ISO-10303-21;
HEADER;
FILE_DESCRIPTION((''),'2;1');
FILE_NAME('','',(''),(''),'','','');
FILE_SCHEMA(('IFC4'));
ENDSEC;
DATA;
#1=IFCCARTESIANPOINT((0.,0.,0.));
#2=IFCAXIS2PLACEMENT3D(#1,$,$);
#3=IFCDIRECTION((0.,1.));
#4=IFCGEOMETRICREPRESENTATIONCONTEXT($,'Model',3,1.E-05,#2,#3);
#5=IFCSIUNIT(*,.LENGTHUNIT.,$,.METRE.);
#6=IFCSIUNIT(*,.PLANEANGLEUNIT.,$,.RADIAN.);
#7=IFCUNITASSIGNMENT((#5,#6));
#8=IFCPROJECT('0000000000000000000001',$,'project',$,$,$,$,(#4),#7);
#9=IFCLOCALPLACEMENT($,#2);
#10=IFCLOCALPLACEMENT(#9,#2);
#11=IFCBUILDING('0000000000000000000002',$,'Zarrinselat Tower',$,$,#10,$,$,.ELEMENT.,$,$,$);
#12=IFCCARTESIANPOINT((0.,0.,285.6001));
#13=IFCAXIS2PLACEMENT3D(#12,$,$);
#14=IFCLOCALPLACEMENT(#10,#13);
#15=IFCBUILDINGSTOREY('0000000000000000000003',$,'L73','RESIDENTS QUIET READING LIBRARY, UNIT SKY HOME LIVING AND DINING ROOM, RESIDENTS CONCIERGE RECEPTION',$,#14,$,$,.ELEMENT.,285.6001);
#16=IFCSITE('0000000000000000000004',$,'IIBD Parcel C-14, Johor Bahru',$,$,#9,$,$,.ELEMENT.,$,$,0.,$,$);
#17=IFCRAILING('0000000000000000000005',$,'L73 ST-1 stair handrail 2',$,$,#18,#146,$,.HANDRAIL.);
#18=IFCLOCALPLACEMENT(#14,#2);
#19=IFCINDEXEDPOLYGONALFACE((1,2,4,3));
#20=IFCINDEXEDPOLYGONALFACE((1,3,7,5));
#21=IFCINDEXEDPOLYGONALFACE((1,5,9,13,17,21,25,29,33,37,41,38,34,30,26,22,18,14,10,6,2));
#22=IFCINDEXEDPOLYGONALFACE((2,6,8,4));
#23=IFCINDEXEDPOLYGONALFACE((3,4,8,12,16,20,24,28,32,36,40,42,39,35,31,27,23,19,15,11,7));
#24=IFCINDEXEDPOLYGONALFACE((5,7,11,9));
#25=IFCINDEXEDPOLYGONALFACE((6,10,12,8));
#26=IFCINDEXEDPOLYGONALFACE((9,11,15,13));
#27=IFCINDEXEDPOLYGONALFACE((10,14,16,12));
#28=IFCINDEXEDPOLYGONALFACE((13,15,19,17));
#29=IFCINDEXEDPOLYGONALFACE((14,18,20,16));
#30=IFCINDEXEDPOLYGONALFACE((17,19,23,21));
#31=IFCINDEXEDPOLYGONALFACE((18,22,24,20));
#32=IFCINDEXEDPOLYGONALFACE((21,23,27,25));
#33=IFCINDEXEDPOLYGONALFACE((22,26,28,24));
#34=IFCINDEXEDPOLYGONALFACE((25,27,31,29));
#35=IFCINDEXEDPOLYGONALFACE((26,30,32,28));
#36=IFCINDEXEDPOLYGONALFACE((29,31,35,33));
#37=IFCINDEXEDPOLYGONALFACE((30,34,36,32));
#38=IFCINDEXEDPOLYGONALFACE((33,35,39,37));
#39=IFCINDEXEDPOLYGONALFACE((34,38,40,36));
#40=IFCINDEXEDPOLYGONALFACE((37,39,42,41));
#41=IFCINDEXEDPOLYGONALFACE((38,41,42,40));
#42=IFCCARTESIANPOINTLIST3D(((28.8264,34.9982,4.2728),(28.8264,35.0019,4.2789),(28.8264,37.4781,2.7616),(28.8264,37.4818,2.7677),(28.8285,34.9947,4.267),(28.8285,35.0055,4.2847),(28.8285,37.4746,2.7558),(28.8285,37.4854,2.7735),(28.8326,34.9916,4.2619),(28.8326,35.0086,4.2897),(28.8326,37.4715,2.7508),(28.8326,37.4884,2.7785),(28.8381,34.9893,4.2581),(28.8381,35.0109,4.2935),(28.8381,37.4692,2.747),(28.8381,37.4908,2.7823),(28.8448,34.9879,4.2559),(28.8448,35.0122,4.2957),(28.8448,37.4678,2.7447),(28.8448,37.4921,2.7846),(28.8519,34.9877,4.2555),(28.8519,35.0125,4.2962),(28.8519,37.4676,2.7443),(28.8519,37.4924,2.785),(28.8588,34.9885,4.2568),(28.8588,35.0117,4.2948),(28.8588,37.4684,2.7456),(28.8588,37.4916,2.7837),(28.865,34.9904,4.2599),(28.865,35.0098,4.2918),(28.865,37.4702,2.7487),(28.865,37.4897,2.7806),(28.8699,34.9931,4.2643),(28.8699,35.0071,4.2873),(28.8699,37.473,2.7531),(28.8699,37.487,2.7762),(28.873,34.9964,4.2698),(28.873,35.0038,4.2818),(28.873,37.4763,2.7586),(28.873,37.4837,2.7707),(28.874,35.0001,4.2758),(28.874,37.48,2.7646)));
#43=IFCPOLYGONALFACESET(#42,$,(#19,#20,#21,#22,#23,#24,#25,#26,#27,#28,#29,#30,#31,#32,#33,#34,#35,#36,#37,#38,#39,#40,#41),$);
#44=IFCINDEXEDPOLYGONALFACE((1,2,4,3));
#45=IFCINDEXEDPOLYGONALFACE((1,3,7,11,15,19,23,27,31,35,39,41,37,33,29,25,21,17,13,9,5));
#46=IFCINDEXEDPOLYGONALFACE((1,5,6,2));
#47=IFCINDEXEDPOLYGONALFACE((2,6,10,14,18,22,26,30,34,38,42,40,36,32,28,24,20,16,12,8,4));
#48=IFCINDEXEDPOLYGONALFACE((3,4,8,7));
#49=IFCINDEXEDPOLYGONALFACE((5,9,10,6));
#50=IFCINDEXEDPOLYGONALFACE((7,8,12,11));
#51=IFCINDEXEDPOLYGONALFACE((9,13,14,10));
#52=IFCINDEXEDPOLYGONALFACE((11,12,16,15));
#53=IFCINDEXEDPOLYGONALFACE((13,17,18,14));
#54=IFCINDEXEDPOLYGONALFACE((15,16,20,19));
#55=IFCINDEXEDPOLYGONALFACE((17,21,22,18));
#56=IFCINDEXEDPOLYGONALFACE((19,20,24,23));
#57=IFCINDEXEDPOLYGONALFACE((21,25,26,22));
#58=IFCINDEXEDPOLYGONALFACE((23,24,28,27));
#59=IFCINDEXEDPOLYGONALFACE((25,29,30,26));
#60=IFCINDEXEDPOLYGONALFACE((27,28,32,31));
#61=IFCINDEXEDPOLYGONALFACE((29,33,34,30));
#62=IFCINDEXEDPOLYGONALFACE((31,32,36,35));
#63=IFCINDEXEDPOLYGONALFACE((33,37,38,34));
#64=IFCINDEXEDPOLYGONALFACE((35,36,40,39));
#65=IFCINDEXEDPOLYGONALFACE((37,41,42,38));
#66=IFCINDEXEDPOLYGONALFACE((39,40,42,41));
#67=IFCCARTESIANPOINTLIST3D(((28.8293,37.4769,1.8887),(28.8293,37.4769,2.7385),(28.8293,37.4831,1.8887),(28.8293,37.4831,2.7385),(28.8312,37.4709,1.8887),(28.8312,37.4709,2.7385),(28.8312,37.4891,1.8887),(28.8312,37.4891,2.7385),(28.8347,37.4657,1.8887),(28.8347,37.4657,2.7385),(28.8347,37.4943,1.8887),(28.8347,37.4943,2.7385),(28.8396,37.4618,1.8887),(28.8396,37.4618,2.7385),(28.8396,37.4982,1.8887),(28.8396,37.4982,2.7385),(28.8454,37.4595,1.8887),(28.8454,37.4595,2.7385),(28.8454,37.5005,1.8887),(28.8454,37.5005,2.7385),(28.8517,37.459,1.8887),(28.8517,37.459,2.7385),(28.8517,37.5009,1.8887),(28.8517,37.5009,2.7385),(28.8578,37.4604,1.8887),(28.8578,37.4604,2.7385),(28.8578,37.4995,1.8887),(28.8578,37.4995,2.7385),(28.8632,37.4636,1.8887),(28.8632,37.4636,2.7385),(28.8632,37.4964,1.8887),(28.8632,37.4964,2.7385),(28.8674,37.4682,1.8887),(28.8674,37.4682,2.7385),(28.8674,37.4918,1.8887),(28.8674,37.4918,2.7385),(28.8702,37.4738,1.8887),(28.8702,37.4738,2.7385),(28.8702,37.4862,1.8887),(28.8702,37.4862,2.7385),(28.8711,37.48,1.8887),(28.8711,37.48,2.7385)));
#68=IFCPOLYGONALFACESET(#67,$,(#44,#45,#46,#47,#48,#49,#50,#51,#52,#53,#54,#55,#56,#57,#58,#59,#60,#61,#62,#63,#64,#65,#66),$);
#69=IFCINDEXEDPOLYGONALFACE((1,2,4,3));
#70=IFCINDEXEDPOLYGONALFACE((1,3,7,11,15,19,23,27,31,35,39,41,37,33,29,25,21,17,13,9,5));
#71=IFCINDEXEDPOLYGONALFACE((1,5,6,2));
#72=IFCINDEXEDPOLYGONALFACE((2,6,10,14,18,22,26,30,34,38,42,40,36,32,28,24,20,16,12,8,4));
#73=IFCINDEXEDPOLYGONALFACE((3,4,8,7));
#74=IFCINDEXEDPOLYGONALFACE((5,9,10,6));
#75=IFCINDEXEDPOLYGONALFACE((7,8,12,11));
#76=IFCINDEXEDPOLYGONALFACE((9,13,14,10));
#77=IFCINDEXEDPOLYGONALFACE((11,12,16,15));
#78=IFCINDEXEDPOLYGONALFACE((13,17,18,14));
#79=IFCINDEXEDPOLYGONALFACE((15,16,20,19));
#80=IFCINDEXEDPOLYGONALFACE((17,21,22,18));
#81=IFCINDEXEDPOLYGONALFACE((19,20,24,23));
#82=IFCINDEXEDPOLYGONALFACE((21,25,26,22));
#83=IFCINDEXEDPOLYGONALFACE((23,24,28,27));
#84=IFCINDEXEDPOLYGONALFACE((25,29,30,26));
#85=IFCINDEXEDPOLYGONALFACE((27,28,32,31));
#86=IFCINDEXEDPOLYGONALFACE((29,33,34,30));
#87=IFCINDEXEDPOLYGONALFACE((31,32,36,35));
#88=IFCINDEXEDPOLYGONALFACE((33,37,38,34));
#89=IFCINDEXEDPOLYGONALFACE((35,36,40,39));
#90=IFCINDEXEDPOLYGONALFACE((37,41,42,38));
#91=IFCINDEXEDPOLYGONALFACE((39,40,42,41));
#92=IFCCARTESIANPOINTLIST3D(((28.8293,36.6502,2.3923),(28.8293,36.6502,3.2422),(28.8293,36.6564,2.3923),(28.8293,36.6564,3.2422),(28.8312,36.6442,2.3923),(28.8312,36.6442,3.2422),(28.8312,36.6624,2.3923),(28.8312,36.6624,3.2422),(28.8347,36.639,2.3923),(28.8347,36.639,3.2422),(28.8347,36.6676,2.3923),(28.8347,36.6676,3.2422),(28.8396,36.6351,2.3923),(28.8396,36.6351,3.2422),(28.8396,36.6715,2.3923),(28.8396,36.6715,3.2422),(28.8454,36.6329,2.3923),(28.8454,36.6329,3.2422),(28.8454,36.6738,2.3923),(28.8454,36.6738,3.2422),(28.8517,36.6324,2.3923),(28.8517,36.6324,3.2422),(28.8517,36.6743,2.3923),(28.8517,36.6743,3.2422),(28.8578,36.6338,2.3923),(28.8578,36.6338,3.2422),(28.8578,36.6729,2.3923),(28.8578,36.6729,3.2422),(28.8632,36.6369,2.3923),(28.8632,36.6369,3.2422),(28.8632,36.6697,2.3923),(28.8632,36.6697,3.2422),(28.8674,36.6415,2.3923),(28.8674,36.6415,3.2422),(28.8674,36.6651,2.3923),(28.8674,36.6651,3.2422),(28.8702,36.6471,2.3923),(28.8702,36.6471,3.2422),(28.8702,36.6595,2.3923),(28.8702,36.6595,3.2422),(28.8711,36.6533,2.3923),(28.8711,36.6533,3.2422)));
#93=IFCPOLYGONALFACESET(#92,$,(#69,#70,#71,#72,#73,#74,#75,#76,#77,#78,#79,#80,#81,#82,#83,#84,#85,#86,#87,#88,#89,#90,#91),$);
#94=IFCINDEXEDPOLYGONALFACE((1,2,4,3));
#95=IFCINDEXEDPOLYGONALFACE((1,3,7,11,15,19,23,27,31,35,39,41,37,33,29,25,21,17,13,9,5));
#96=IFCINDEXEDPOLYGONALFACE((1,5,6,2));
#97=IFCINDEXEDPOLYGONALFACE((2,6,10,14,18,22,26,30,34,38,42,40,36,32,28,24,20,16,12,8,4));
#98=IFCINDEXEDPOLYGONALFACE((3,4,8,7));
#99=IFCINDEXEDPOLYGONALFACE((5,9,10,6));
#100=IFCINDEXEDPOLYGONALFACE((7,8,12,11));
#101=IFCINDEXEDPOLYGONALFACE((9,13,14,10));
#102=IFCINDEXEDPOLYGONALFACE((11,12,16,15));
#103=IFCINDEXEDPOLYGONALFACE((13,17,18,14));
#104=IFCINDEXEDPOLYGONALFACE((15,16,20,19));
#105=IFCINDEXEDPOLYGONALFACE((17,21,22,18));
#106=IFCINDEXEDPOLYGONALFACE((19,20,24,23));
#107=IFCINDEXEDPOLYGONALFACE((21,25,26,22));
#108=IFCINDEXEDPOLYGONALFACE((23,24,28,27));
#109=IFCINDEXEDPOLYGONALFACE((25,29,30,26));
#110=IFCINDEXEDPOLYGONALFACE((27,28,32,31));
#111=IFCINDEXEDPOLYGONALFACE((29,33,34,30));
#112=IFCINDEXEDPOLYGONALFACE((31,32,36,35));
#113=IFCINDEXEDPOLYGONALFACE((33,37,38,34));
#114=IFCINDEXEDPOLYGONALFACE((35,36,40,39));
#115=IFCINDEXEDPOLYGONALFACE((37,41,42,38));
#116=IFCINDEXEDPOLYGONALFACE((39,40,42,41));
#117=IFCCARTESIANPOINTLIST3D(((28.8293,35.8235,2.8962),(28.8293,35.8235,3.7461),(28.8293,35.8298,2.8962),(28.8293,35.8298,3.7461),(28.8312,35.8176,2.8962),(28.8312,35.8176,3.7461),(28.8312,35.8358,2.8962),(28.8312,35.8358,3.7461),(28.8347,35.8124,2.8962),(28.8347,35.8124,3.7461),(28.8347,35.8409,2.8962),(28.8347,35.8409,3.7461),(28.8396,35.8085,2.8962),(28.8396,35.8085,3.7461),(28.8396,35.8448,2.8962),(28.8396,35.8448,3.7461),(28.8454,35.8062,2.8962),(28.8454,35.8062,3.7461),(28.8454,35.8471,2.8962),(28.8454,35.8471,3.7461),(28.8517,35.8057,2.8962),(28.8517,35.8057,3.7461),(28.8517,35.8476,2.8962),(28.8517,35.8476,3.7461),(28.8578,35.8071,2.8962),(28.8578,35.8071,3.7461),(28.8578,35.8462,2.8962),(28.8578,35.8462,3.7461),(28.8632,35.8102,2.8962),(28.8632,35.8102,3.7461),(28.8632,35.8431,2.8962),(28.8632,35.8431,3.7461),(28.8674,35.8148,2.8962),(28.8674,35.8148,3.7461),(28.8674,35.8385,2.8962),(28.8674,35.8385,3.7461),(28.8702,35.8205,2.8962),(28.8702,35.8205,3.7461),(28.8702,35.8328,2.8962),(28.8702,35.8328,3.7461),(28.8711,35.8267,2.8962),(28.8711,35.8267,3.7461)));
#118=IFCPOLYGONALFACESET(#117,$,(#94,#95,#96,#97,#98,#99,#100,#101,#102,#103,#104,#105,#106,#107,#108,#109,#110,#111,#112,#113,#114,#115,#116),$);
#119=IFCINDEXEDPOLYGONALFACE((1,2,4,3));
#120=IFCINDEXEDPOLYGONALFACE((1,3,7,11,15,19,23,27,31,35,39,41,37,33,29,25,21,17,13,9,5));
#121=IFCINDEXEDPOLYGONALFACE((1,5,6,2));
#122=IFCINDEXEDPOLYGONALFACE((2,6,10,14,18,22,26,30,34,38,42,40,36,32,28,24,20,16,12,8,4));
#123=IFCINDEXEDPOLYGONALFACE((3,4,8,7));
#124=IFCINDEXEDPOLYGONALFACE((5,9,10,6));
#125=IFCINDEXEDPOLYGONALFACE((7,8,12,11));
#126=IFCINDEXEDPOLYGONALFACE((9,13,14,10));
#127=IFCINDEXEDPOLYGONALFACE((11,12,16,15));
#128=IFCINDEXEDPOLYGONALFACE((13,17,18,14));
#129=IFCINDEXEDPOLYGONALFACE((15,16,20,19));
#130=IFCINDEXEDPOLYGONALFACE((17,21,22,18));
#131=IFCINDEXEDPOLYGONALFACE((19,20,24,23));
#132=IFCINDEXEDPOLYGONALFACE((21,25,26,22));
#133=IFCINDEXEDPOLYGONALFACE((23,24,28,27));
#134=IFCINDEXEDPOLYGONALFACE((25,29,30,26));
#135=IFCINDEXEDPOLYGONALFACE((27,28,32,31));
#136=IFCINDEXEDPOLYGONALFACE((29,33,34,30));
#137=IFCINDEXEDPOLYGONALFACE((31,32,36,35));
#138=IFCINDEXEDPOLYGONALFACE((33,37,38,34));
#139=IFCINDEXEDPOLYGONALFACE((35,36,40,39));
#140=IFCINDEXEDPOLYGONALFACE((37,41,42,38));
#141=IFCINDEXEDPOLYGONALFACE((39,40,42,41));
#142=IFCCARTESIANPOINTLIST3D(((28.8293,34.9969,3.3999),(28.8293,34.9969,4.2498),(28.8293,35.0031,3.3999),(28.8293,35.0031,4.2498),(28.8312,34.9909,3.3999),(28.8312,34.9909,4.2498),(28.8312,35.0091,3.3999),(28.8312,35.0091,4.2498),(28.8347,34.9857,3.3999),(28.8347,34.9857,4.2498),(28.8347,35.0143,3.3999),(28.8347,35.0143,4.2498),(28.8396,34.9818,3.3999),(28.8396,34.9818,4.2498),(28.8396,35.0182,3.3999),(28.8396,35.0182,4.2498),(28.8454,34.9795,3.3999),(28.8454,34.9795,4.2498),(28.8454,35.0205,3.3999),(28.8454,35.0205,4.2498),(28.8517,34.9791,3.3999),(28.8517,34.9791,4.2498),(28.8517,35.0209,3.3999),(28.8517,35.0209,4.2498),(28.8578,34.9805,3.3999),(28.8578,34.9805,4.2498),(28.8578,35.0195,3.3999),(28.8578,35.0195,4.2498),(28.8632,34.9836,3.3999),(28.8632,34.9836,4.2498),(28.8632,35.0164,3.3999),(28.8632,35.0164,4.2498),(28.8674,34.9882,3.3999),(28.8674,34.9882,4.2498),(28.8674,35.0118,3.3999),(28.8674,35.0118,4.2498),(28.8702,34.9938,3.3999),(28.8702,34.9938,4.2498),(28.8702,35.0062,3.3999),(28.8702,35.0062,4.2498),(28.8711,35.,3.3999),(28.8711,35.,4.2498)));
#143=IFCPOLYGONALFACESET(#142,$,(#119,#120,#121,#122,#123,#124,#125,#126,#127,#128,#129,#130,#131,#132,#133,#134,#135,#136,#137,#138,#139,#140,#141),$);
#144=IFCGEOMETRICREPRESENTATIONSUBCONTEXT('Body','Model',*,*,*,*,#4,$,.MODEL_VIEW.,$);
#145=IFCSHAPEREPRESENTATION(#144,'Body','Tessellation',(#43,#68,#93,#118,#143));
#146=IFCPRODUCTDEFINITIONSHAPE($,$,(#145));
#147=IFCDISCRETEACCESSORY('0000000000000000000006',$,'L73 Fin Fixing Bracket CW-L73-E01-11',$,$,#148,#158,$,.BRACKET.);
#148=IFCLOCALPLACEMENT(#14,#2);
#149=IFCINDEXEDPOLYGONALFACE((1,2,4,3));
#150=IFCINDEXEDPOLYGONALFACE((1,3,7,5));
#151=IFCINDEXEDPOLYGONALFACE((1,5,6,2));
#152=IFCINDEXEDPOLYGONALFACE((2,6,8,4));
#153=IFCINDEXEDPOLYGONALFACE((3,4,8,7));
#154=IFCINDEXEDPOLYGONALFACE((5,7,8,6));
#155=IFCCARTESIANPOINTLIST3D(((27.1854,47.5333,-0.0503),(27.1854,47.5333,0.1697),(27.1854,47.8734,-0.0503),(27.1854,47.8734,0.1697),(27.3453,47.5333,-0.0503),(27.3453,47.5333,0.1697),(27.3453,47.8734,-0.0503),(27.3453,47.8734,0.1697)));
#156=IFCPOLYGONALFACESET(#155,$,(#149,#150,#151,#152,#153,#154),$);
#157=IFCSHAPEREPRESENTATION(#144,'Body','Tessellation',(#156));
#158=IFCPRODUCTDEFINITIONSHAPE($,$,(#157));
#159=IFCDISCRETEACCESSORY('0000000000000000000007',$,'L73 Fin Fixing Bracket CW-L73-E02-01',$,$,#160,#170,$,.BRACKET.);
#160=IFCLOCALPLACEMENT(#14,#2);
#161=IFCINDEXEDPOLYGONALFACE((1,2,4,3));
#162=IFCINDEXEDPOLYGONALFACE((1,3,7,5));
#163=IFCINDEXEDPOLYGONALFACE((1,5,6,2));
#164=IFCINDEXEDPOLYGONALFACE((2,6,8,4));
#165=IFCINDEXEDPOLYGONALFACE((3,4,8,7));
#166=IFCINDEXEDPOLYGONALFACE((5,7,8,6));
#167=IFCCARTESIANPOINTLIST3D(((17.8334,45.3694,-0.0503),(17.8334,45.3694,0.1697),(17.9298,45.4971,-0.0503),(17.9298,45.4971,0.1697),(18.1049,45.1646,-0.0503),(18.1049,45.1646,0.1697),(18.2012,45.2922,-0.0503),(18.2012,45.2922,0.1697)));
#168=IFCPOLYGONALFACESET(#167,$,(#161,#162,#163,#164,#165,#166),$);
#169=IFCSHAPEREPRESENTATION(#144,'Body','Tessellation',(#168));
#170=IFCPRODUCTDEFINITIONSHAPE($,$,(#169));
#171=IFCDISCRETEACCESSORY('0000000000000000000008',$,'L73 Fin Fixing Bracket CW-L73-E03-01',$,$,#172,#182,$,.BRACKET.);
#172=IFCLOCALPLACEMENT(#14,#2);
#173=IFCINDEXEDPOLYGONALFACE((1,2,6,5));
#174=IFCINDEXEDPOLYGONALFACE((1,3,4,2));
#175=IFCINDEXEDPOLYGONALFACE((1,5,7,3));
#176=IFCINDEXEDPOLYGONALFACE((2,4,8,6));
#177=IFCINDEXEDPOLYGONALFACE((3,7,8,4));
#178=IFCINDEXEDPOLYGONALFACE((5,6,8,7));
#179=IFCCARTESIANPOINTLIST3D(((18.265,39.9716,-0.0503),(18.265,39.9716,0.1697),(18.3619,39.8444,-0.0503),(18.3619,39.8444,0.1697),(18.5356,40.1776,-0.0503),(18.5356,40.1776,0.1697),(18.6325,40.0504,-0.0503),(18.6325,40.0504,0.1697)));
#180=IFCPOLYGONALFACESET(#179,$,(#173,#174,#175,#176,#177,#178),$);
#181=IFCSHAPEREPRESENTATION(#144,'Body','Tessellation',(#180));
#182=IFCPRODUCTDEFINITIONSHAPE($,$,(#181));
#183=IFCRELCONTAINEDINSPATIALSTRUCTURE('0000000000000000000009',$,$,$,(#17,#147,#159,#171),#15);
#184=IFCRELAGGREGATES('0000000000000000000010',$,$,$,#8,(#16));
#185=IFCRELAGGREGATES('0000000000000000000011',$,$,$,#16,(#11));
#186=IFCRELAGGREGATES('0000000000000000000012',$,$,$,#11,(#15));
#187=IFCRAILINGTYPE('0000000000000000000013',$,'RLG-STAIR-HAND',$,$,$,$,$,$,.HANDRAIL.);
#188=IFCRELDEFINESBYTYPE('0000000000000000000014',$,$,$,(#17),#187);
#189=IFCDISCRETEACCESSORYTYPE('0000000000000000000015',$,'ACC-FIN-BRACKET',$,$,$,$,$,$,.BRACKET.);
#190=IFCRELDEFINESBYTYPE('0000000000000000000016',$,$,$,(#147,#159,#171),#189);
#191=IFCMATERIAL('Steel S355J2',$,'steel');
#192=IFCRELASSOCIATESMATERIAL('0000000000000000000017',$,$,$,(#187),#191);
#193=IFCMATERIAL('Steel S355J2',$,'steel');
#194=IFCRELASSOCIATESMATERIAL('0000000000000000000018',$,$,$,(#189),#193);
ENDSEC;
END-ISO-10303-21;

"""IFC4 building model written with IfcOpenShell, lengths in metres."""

from ifc_helpers import new_model, si_unit, direction, frame, origin, origin_2d, place, context, subcontext, project, spatial, rectangle, circle, extrude, material, type_object, element, save


model = new_model("IFC4")

# Units and contexts
model_context = context("Model", 3, precision=1e-05, world=origin(), true_north=direction((0.0, 1.0)))
body_context = subcontext(model_context, "Body", "Model", "MODEL_VIEW")
ifc_project = project(units=[si_unit("LENGTHUNIT", "METRE"), si_unit("PLANEANGLEUNIT", "RADIAN")], contexts=[model_context])

# Site, building, storey
site_placement = place(None, origin())
site = spatial("IfcSite", under=ifc_project, at=site_placement, Name="IIBD Parcel C-14, Johor Bahru", CompositionType="ELEMENT", RefElevation=0.0)
building_placement = place(site_placement, origin())
building = spatial("IfcBuilding", under=site, at=building_placement, Name="Zarrinselat Tower", CompositionType="ELEMENT")
storey_placement = place(building_placement, frame((0.0, 0.0, 285.6001)))
storey = spatial("IfcBuildingStorey", under=building, at=storey_placement, Name="L73", Description="RESIDENTS QUIET READING LIBRARY, UNIT SKY HOME LIVING AND DINING ROOM, RESIDENTS CONCIERGE RECEPTION", CompositionType="ELEMENT", Elevation=285.6001)

# Railing
ifc_material_1 = material(Name="Steel S355J2", Category="steel")
railing_type = type_object("IfcRailingType", Name="RLG-STAIR-HAND", PredefinedType="HANDRAIL", material=ifc_material_1)
railing_placement = place(storey_placement, frame((28.8501, 37.48, 1.8887)))
element("IfcRailing", 1, at=railing_placement, inside=storey, type_object=railing_type, Name="L73 ST-1 stair handrail 2", PredefinedType="HANDRAIL", context=body_context, shape_type="SweptSolid", body=[
    extrude(circle(Radius=0.0239, at=origin_2d()), frame((0.0, 0.0, 0.876), z_axis=(0.0, -0.853942, 0.520368), x_axis=(1.0, 0.0, 0.0)), (0.0, 0.0, 1.0), 2.9041),
    extrude(circle(Radius=0.021, at=origin_2d()), origin(), (0.0, 0.0, 1.0), 0.8499),
    extrude(circle(Radius=0.021, at=origin_2d()), frame((0.0, -0.8267, 0.5037)), (0.0, 0.0, 1.0), 0.8499),
    extrude(circle(Radius=0.021, at=origin_2d()), frame((0.0, -1.6533, 1.0076)), (0.0, 0.0, 1.0), 0.8499),
    extrude(circle(Radius=0.021, at=origin_2d()), frame((0.0, -2.48, 1.5112)), (0.0, 0.0, 1.0), 0.8499),
])

# Discrete accessories
ifc_material_2 = material(Name="Steel S355J2", Category="steel")
discrete_accessory_type = type_object("IfcDiscreteAccessoryType", Name="ACC-FIN-BRACKET", PredefinedType="BRACKET", material=ifc_material_2)
for number, where, z_axis, x_axis, name in (
    (2, (27.2654, 47.7034, -0.0503), (0.0, 0.0, 1.0), (0.0, 1.0, 0.0), "L73 Fin Fixing Bracket CW-L73-E01-11"),
    (3, (18.0173, 45.3308, -0.0503), (0.0, 0.0, 1.0), (-0.798164, 0.60244, 0.0), "L73 Fin Fixing Bracket CW-L73-E02-01"),
    (4, (18.4487, 40.011, -0.0503), (0.0, 0.0, 1.0), (-0.795642, -0.605767, 0.0), "L73 Fin Fixing Bracket CW-L73-E03-01"),
):
    element("IfcDiscreteAccessory", number, at=place(storey_placement, frame(where, z_axis=z_axis, x_axis=x_axis)), inside=storey, type_object=discrete_accessory_type, Name=name, PredefinedType="BRACKET", context=body_context, shape_type="SweptSolid", body=[
        extrude(rectangle(XDim=0.3401, YDim=0.1599, at=origin_2d()), origin(), (0.0, 0.0, 1.0), 0.22),
    ])

save(model, "model.ifc")
